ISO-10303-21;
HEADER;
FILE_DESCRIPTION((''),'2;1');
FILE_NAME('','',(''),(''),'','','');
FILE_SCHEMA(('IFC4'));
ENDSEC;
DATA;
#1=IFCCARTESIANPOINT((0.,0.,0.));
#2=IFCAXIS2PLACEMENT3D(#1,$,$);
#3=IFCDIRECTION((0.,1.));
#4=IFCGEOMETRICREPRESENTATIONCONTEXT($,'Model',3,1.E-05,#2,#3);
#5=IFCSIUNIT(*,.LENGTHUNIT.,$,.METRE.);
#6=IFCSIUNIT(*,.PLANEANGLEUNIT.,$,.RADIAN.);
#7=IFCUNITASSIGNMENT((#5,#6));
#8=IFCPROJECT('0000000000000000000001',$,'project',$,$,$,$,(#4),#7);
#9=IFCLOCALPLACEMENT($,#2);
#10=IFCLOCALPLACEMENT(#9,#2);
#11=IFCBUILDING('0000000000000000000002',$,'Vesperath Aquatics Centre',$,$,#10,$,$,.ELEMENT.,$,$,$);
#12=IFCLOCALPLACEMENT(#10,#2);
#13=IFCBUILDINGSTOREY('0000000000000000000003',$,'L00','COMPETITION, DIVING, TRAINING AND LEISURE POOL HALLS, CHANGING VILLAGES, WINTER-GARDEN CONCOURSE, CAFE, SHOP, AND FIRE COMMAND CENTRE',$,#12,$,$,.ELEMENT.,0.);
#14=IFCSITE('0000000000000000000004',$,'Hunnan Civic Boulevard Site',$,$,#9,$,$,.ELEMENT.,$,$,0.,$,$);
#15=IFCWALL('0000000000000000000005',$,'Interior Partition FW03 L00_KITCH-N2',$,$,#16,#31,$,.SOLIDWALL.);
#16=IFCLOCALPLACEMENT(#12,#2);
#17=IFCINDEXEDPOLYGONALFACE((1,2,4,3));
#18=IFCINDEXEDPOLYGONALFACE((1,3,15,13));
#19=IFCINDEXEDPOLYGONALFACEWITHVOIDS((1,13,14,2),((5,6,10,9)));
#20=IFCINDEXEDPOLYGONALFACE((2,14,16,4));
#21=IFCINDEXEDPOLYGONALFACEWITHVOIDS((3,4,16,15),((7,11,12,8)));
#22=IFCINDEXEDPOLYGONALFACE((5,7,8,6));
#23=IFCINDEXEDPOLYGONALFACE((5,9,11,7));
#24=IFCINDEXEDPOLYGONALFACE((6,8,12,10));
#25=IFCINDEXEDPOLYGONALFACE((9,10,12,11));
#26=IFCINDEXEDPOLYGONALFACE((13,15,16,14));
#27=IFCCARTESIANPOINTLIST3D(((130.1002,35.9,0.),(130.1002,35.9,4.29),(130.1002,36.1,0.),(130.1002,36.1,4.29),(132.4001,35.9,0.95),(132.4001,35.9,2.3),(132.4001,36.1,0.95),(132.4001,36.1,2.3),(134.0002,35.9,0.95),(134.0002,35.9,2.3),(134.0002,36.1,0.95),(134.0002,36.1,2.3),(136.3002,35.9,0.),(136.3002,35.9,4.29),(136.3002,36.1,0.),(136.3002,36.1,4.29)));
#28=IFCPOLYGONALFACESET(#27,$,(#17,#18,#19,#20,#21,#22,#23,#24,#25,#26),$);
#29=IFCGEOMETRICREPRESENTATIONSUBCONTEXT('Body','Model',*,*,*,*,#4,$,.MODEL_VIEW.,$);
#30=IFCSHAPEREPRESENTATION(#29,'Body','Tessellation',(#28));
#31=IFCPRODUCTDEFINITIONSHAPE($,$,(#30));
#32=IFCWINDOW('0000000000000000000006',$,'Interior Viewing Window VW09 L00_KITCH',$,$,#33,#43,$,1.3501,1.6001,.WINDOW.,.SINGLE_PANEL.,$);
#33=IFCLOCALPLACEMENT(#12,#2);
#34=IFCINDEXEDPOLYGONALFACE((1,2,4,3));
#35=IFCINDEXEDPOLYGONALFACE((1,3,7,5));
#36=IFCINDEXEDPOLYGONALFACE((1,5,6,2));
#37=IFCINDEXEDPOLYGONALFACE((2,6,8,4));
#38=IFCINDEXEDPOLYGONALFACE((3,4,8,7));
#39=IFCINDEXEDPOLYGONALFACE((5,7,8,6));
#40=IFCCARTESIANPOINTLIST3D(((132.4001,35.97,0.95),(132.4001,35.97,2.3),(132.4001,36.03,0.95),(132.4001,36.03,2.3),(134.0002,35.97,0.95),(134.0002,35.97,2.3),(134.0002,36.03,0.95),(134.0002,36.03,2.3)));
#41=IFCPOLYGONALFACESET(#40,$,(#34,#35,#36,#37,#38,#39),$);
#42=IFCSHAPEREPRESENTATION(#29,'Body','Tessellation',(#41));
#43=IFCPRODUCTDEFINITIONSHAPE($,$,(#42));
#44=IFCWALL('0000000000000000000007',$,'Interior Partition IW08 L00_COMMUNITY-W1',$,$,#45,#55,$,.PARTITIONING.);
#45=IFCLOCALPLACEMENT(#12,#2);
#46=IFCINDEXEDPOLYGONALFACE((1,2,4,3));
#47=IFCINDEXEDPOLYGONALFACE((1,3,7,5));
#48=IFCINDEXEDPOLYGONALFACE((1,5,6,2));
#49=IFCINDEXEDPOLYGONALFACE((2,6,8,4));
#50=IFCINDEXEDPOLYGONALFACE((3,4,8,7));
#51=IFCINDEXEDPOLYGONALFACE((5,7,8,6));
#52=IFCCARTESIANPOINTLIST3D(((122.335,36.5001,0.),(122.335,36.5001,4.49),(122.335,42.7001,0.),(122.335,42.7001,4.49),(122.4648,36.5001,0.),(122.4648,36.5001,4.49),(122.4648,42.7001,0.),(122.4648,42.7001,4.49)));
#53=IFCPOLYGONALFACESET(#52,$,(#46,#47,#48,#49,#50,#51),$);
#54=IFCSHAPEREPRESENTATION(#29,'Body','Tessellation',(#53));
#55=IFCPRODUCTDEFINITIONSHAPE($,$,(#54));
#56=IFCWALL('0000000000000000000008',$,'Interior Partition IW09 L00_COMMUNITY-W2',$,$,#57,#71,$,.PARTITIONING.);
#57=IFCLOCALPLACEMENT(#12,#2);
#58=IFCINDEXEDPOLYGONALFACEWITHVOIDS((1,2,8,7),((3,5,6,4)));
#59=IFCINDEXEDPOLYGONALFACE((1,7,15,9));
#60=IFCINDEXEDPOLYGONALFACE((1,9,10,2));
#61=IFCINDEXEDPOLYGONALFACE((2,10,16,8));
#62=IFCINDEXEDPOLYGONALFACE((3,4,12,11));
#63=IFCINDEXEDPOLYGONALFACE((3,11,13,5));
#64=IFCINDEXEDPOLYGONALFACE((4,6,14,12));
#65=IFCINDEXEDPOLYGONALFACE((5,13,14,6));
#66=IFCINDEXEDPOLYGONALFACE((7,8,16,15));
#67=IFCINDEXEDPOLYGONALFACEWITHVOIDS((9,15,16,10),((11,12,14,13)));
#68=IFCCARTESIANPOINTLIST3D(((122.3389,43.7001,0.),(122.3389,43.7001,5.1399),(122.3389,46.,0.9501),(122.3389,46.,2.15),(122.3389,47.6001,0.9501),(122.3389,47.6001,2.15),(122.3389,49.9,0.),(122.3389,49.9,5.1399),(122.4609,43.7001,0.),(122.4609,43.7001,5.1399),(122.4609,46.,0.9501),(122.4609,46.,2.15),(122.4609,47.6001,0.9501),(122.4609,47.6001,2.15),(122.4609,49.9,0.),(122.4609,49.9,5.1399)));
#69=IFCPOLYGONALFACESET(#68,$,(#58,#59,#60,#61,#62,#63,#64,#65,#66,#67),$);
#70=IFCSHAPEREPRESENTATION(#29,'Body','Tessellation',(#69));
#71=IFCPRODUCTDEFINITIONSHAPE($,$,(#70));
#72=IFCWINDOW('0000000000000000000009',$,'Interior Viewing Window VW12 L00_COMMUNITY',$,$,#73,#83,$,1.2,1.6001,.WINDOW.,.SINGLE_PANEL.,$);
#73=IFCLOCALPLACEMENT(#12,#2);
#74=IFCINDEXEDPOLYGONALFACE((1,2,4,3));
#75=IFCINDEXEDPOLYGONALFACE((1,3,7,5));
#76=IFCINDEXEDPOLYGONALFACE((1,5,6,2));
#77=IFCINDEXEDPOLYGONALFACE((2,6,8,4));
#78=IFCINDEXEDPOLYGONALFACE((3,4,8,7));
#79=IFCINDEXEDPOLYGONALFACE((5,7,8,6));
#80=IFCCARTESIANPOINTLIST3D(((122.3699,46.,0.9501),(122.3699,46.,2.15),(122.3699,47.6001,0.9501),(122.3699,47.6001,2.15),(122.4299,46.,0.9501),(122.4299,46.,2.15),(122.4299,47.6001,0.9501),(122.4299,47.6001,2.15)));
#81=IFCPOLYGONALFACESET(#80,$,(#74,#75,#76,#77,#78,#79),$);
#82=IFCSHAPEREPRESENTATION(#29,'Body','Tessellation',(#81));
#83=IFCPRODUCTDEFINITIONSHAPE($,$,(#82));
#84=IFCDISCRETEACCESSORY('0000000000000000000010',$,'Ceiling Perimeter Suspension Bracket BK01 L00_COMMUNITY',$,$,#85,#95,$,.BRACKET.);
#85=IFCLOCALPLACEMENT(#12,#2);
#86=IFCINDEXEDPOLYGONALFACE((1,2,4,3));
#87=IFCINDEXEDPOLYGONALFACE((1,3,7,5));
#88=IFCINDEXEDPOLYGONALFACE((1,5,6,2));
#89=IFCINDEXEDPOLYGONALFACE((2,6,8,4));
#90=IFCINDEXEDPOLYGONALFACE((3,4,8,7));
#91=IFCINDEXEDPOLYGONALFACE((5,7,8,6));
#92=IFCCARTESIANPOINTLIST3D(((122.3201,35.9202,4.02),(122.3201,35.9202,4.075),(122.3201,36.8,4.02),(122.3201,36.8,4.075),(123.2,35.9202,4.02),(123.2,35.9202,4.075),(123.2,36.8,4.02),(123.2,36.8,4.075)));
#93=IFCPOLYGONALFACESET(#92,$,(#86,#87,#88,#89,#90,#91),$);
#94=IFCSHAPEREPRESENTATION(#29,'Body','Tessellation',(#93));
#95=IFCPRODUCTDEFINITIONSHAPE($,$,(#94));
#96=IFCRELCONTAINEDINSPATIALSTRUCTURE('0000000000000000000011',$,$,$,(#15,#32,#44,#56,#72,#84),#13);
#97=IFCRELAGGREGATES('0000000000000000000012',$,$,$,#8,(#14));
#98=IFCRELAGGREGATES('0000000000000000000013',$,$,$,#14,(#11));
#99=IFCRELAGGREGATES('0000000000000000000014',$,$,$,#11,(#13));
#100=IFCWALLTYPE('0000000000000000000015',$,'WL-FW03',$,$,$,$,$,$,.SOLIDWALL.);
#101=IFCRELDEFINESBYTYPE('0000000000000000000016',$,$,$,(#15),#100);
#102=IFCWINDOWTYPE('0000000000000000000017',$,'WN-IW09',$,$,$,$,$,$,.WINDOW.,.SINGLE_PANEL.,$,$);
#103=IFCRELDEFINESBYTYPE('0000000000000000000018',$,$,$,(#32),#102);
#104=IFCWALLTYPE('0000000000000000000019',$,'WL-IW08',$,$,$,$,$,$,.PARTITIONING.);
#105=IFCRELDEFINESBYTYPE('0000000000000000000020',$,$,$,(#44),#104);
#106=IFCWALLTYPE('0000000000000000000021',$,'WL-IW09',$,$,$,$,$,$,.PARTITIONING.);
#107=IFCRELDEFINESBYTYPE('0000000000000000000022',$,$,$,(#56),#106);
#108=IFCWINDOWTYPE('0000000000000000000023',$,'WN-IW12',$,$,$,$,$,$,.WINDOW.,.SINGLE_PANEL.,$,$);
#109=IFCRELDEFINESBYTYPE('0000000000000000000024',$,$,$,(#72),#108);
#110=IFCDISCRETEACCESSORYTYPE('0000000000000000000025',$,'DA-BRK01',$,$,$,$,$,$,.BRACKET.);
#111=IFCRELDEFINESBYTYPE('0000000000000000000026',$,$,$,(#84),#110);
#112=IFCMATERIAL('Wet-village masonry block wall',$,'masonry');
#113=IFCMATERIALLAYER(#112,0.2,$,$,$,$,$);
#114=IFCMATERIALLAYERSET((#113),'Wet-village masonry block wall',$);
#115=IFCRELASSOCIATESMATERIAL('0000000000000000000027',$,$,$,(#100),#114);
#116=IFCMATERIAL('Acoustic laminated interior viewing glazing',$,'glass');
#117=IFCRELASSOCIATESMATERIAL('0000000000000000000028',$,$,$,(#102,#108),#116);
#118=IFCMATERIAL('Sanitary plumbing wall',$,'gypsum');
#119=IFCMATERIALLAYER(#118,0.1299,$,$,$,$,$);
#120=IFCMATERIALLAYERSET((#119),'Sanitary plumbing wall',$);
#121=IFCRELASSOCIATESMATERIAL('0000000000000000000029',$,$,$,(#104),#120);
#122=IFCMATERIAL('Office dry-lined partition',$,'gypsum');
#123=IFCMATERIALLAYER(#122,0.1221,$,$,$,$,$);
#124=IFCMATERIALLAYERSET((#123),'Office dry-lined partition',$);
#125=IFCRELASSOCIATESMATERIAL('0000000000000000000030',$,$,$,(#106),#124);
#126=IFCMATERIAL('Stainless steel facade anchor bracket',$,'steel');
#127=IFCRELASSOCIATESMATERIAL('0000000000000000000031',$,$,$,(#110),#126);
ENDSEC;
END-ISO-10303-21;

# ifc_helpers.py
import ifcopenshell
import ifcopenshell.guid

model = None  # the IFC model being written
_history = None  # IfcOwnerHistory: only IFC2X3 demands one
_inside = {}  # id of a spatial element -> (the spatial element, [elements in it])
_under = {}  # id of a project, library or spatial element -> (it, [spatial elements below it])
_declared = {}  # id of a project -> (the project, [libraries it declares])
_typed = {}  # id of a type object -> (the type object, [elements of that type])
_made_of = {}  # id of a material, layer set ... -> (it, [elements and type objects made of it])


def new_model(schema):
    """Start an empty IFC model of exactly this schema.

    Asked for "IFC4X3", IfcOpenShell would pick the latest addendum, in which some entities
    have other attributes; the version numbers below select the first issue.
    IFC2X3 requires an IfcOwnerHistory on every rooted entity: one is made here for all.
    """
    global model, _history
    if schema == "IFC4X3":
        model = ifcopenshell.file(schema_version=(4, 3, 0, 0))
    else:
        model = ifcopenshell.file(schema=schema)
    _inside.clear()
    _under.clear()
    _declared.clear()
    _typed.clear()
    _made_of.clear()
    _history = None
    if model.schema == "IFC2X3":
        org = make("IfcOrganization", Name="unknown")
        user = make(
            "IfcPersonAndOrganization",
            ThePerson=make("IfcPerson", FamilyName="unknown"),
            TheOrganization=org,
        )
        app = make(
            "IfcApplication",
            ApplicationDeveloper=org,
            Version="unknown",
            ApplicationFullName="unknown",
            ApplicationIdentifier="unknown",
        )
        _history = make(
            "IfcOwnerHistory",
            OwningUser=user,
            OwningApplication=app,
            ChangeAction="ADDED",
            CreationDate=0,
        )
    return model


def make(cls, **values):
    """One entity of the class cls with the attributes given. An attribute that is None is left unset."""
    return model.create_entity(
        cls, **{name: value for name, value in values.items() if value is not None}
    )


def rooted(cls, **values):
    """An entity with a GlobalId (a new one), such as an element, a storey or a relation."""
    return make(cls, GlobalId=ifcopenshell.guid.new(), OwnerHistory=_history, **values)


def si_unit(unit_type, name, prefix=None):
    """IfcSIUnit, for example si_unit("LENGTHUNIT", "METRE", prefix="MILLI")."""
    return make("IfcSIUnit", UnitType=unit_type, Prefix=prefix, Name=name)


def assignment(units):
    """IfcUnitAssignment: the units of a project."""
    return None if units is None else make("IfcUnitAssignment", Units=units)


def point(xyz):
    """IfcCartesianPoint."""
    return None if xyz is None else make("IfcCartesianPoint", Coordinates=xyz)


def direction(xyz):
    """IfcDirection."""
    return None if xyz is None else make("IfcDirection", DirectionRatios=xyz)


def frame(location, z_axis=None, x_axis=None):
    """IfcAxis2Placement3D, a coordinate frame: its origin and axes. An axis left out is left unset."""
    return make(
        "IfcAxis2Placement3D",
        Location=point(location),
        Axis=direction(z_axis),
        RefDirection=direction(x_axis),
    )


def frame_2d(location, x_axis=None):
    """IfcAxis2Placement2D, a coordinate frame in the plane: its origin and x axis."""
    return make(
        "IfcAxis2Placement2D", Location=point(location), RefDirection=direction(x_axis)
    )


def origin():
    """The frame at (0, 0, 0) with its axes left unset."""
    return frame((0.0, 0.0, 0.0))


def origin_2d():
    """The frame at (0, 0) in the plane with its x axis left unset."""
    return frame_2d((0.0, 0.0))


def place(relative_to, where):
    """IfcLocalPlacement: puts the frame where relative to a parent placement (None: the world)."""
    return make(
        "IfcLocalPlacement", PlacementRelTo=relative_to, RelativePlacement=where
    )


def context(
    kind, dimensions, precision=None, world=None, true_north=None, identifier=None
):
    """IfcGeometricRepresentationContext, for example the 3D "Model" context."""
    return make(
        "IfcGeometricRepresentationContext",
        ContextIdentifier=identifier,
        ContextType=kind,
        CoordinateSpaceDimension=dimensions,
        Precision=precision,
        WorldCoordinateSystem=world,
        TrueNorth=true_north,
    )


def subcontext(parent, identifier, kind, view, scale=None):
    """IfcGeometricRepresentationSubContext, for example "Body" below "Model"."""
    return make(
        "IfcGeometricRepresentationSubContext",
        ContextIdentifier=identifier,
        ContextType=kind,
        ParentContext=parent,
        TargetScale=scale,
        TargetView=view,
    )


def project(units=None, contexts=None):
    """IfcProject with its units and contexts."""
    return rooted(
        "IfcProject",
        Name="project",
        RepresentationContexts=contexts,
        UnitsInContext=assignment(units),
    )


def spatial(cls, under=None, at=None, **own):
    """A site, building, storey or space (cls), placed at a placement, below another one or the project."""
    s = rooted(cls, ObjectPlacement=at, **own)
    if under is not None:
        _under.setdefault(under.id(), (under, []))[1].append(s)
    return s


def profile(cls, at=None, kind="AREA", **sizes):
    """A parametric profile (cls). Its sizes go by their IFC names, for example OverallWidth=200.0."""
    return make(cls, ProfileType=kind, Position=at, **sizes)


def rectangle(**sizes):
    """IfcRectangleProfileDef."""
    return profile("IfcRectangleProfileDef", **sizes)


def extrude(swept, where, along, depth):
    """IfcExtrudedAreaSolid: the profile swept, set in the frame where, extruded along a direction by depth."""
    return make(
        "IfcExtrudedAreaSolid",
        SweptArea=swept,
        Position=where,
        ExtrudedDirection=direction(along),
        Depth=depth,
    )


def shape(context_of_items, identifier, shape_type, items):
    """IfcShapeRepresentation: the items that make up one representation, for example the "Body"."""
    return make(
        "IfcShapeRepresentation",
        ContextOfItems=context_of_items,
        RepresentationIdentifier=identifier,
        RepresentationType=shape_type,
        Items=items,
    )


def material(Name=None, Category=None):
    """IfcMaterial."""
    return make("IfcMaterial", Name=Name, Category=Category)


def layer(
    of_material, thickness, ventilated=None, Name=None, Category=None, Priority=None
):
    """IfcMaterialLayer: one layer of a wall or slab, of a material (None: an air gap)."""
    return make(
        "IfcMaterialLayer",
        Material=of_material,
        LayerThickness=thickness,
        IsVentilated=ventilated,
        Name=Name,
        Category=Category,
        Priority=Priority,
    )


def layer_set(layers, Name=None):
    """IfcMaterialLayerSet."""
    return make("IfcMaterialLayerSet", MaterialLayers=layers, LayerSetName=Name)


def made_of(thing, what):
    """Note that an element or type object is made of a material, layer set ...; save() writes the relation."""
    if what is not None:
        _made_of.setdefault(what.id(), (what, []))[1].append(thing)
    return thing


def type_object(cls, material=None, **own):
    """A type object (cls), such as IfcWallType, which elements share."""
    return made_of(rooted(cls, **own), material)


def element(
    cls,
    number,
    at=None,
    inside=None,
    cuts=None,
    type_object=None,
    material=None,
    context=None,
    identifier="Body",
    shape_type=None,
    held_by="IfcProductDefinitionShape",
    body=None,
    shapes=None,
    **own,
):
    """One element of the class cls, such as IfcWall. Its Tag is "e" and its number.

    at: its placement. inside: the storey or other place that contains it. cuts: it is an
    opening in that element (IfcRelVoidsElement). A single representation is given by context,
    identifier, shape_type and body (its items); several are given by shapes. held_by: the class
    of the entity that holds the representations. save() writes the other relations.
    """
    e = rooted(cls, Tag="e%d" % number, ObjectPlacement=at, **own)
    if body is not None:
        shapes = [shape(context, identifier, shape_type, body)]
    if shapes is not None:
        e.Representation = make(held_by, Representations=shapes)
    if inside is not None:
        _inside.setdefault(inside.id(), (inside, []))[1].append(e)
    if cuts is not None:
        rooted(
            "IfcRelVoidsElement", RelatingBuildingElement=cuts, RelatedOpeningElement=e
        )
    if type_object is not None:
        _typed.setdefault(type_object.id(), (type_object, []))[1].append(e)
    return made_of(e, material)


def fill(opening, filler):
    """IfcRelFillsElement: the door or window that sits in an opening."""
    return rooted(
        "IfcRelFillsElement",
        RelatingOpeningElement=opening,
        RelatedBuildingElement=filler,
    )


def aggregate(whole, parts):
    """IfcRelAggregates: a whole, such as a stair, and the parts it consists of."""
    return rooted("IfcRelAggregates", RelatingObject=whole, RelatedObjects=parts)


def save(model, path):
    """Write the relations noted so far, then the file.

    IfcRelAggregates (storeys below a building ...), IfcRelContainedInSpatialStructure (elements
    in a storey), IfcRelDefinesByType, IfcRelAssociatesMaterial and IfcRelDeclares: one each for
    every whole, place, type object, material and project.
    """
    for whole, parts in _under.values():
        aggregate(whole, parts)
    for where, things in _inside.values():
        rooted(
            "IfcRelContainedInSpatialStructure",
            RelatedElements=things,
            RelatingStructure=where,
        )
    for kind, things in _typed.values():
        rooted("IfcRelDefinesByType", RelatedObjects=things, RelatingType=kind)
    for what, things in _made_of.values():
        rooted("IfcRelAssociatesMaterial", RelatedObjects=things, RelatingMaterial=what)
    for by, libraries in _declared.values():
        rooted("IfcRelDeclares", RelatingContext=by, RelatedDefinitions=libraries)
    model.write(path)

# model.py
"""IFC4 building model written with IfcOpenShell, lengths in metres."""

from ifc_helpers import new_model, si_unit, direction, frame, frame_2d, origin, origin_2d, place, context, subcontext, project, spatial, rectangle, extrude, material, layer, layer_set, type_object, element, fill, save


model = new_model("IFC4")

# Units and contexts
model_context = context("Model", 3, precision=1e-05, world=origin(), true_north=direction((0.0, 1.0)))
body_context = subcontext(model_context, "Body", "Model", "MODEL_VIEW")
ifc_project = project(units=[si_unit("LENGTHUNIT", "METRE"), si_unit("PLANEANGLEUNIT", "RADIAN")], contexts=[model_context])

# Site, building, storey
site_placement = place(None, origin())
site = spatial("IfcSite", under=ifc_project, at=site_placement, Name="Hunnan Civic Boulevard Site", CompositionType="ELEMENT", RefElevation=0.0)
building_placement = place(site_placement, origin())
building = spatial("IfcBuilding", under=site, at=building_placement, Name="Vesperath Aquatics Centre", CompositionType="ELEMENT")
storey_placement = place(building_placement, origin())
storey = spatial("IfcBuildingStorey", under=building, at=storey_placement, Name="L00", Description="COMPETITION, DIVING, TRAINING AND LEISURE POOL HALLS, CHANGING VILLAGES, WINTER-GARDEN CONCOURSE, CAFE, SHOP, AND FIRE COMMAND CENTRE", CompositionType="ELEMENT", Elevation=0.0)

# Wall, opening, window
ifc_material_1 = material(Name="Wet-village masonry block wall", Category="masonry")
ifc_layer_1 = layer(ifc_material_1, 0.2)
ifc_layer_set_1 = layer_set([ifc_layer_1], Name="Wet-village masonry block wall")
wall_type_1 = type_object("IfcWallType", Name="WL-FW03", PredefinedType="SOLIDWALL", material=ifc_layer_set_1)
wall_1_placement = place(storey_placement, frame((130.1001, 36.0, 0.0), z_axis=(0.0, 0.0, 1.0), x_axis=(1.0, 0.0, 0.0)))
wall_1 = element("IfcWall", 1, at=wall_1_placement, inside=storey, type_object=wall_type_1, Name="Interior Partition FW03 L00_KITCH-N2", PredefinedType="SOLIDWALL", context=body_context, shape_type="SweptSolid", body=[
    extrude(rectangle(XDim=6.2, YDim=0.2, at=frame_2d((3.1001, 0.0))), origin(), (0.0, 0.0, 1.0), 4.29),
])
opening_1_placement = place(wall_1_placement, frame((2.3, 0.0, 0.95)))
opening_1 = element("IfcOpeningElement", 2, at=opening_1_placement, cuts=wall_1, PredefinedType="OPENING", context=body_context, shape_type="SweptSolid", body=[
    extrude(rectangle(XDim=1.6001, YDim=1.3501, at=frame_2d((0.8, 0.675))), frame((0.0, 0.1147, 0.0), z_axis=(0.0, -1.0, 0.0), x_axis=(1.0, 0.0, 0.0)), (0.0, 0.0, 1.0), 0.2297),
])
ifc_material_2 = material(Name="Acoustic laminated interior viewing glazing", Category="glass")
window_type_1 = type_object("IfcWindowType", Name="WN-IW09", PartitioningType="SINGLE_PANEL", PredefinedType="WINDOW", material=ifc_material_2)
window_1_placement = place(opening_1_placement, origin())
window_1 = element("IfcWindow", 3, at=window_1_placement, inside=storey, type_object=window_type_1, Name="Interior Viewing Window VW09 L00_KITCH", OverallHeight=1.3501, OverallWidth=1.6001, PartitioningType="SINGLE_PANEL", PredefinedType="WINDOW", context=body_context, shape_type="SweptSolid", body=[
    extrude(rectangle(XDim=1.6001, YDim=1.3501, at=frame_2d((0.8, 0.675))), frame((0.0, 0.03, 0.0), z_axis=(0.0, -1.0, 0.0), x_axis=(1.0, 0.0, 0.0)), (0.0, 0.0, 1.0), 0.0601),
])
fill(opening_1, window_1)

# Wall
ifc_material_3 = material(Name="Sanitary plumbing wall", Category="gypsum")
ifc_layer_2 = layer(ifc_material_3, 0.1299)
ifc_layer_set_2 = layer_set([ifc_layer_2], Name="Sanitary plumbing wall")
wall_type_2 = type_object("IfcWallType", Name="WL-IW08", PredefinedType="PARTITIONING", material=ifc_layer_set_2)
wall_2_placement = place(storey_placement, frame((122.3999, 36.5, 0.0), z_axis=(0.0, 0.0, 1.0), x_axis=(0.0, 1.0, 0.0)))
element("IfcWall", 4, at=wall_2_placement, inside=storey, type_object=wall_type_2, Name="Interior Partition IW08 L00_COMMUNITY-W1", PredefinedType="PARTITIONING", context=body_context, shape_type="SweptSolid", body=[
    extrude(rectangle(XDim=6.2, YDim=0.1299, at=frame_2d((3.1001, 0.0))), origin(), (0.0, 0.0, 1.0), 4.49),
])

# Wall, opening, window
ifc_material_4 = material(Name="Office dry-lined partition", Category="gypsum")
ifc_layer_3 = layer(ifc_material_4, 0.1221)
ifc_layer_set_3 = layer_set([ifc_layer_3], Name="Office dry-lined partition")
wall_type_3 = type_object("IfcWallType", Name="WL-IW09", PredefinedType="PARTITIONING", material=ifc_layer_set_3)
wall_3_placement = place(storey_placement, frame((122.3999, 43.7, 0.0), z_axis=(0.0, 0.0, 1.0), x_axis=(0.0, 1.0, 0.0)))
wall_3 = element("IfcWall", 5, at=wall_3_placement, inside=storey, type_object=wall_type_3, Name="Interior Partition IW09 L00_COMMUNITY-W2", PredefinedType="PARTITIONING", context=body_context, shape_type="SweptSolid", body=[
    extrude(rectangle(XDim=6.2, YDim=0.1221, at=frame_2d((3.1001, 0.0))), origin(), (0.0, 0.0, 1.0), 5.1399),
])
opening_2_placement = place(wall_3_placement, frame((2.3, 0.0, 0.95)))
opening_2 = element("IfcOpeningElement", 6, at=opening_2_placement, cuts=wall_3, PredefinedType="OPENING", context=body_context, shape_type="SweptSolid", body=[
    extrude(rectangle(XDim=1.6001, YDim=1.2, at=frame_2d((0.8, 0.6001))), frame((0.0, 0.0759, 0.0), z_axis=(0.0, -1.0, 0.0), x_axis=(1.0, 0.0, 0.0)), (0.0, 0.0, 1.0), 0.1519),
])
window_type_2 = type_object("IfcWindowType", Name="WN-IW12", PartitioningType="SINGLE_PANEL", PredefinedType="WINDOW", material=ifc_material_2)
window_2_placement = place(opening_2_placement, origin())
window_2 = element("IfcWindow", 7, at=window_2_placement, inside=storey, type_object=window_type_2, Name="Interior Viewing Window VW12 L00_COMMUNITY", OverallHeight=1.2, OverallWidth=1.6001, PartitioningType="SINGLE_PANEL", PredefinedType="WINDOW", context=body_context, shape_type="SweptSolid", body=[
    extrude(rectangle(XDim=1.6001, YDim=1.2, at=frame_2d((0.8, 0.6001))), frame((0.0, 0.03, 0.0), z_axis=(0.0, -1.0, 0.0), x_axis=(1.0, 0.0, 0.0)), (0.0, 0.0, 1.0), 0.0601),
])
fill(opening_2, window_2)

# Discrete accessory
ifc_material_5 = material(Name="Stainless steel facade anchor bracket", Category="steel")
discrete_accessory_type = type_object("IfcDiscreteAccessoryType", Name="DA-BRK01", PredefinedType="BRACKET", material=ifc_material_5)
discrete_accessory_placement = place(storey_placement, frame((122.76, 36.3601, 4.02), z_axis=(0.0, 0.0, 1.0), x_axis=(1.0, 0.0, 0.0)))
element("IfcDiscreteAccessory", 8, at=discrete_accessory_placement, inside=storey, type_object=discrete_accessory_type, Name="Ceiling Perimeter Suspension Bracket BK01 L00_COMMUNITY", PredefinedType="BRACKET", context=body_context, shape_type="SweptSolid", body=[
    extrude(rectangle(XDim=0.8799, YDim=0.8799, at=origin_2d()), origin(), (0.0, 0.0, 1.0), 0.0549),
])

save(model, "model.ifc")
